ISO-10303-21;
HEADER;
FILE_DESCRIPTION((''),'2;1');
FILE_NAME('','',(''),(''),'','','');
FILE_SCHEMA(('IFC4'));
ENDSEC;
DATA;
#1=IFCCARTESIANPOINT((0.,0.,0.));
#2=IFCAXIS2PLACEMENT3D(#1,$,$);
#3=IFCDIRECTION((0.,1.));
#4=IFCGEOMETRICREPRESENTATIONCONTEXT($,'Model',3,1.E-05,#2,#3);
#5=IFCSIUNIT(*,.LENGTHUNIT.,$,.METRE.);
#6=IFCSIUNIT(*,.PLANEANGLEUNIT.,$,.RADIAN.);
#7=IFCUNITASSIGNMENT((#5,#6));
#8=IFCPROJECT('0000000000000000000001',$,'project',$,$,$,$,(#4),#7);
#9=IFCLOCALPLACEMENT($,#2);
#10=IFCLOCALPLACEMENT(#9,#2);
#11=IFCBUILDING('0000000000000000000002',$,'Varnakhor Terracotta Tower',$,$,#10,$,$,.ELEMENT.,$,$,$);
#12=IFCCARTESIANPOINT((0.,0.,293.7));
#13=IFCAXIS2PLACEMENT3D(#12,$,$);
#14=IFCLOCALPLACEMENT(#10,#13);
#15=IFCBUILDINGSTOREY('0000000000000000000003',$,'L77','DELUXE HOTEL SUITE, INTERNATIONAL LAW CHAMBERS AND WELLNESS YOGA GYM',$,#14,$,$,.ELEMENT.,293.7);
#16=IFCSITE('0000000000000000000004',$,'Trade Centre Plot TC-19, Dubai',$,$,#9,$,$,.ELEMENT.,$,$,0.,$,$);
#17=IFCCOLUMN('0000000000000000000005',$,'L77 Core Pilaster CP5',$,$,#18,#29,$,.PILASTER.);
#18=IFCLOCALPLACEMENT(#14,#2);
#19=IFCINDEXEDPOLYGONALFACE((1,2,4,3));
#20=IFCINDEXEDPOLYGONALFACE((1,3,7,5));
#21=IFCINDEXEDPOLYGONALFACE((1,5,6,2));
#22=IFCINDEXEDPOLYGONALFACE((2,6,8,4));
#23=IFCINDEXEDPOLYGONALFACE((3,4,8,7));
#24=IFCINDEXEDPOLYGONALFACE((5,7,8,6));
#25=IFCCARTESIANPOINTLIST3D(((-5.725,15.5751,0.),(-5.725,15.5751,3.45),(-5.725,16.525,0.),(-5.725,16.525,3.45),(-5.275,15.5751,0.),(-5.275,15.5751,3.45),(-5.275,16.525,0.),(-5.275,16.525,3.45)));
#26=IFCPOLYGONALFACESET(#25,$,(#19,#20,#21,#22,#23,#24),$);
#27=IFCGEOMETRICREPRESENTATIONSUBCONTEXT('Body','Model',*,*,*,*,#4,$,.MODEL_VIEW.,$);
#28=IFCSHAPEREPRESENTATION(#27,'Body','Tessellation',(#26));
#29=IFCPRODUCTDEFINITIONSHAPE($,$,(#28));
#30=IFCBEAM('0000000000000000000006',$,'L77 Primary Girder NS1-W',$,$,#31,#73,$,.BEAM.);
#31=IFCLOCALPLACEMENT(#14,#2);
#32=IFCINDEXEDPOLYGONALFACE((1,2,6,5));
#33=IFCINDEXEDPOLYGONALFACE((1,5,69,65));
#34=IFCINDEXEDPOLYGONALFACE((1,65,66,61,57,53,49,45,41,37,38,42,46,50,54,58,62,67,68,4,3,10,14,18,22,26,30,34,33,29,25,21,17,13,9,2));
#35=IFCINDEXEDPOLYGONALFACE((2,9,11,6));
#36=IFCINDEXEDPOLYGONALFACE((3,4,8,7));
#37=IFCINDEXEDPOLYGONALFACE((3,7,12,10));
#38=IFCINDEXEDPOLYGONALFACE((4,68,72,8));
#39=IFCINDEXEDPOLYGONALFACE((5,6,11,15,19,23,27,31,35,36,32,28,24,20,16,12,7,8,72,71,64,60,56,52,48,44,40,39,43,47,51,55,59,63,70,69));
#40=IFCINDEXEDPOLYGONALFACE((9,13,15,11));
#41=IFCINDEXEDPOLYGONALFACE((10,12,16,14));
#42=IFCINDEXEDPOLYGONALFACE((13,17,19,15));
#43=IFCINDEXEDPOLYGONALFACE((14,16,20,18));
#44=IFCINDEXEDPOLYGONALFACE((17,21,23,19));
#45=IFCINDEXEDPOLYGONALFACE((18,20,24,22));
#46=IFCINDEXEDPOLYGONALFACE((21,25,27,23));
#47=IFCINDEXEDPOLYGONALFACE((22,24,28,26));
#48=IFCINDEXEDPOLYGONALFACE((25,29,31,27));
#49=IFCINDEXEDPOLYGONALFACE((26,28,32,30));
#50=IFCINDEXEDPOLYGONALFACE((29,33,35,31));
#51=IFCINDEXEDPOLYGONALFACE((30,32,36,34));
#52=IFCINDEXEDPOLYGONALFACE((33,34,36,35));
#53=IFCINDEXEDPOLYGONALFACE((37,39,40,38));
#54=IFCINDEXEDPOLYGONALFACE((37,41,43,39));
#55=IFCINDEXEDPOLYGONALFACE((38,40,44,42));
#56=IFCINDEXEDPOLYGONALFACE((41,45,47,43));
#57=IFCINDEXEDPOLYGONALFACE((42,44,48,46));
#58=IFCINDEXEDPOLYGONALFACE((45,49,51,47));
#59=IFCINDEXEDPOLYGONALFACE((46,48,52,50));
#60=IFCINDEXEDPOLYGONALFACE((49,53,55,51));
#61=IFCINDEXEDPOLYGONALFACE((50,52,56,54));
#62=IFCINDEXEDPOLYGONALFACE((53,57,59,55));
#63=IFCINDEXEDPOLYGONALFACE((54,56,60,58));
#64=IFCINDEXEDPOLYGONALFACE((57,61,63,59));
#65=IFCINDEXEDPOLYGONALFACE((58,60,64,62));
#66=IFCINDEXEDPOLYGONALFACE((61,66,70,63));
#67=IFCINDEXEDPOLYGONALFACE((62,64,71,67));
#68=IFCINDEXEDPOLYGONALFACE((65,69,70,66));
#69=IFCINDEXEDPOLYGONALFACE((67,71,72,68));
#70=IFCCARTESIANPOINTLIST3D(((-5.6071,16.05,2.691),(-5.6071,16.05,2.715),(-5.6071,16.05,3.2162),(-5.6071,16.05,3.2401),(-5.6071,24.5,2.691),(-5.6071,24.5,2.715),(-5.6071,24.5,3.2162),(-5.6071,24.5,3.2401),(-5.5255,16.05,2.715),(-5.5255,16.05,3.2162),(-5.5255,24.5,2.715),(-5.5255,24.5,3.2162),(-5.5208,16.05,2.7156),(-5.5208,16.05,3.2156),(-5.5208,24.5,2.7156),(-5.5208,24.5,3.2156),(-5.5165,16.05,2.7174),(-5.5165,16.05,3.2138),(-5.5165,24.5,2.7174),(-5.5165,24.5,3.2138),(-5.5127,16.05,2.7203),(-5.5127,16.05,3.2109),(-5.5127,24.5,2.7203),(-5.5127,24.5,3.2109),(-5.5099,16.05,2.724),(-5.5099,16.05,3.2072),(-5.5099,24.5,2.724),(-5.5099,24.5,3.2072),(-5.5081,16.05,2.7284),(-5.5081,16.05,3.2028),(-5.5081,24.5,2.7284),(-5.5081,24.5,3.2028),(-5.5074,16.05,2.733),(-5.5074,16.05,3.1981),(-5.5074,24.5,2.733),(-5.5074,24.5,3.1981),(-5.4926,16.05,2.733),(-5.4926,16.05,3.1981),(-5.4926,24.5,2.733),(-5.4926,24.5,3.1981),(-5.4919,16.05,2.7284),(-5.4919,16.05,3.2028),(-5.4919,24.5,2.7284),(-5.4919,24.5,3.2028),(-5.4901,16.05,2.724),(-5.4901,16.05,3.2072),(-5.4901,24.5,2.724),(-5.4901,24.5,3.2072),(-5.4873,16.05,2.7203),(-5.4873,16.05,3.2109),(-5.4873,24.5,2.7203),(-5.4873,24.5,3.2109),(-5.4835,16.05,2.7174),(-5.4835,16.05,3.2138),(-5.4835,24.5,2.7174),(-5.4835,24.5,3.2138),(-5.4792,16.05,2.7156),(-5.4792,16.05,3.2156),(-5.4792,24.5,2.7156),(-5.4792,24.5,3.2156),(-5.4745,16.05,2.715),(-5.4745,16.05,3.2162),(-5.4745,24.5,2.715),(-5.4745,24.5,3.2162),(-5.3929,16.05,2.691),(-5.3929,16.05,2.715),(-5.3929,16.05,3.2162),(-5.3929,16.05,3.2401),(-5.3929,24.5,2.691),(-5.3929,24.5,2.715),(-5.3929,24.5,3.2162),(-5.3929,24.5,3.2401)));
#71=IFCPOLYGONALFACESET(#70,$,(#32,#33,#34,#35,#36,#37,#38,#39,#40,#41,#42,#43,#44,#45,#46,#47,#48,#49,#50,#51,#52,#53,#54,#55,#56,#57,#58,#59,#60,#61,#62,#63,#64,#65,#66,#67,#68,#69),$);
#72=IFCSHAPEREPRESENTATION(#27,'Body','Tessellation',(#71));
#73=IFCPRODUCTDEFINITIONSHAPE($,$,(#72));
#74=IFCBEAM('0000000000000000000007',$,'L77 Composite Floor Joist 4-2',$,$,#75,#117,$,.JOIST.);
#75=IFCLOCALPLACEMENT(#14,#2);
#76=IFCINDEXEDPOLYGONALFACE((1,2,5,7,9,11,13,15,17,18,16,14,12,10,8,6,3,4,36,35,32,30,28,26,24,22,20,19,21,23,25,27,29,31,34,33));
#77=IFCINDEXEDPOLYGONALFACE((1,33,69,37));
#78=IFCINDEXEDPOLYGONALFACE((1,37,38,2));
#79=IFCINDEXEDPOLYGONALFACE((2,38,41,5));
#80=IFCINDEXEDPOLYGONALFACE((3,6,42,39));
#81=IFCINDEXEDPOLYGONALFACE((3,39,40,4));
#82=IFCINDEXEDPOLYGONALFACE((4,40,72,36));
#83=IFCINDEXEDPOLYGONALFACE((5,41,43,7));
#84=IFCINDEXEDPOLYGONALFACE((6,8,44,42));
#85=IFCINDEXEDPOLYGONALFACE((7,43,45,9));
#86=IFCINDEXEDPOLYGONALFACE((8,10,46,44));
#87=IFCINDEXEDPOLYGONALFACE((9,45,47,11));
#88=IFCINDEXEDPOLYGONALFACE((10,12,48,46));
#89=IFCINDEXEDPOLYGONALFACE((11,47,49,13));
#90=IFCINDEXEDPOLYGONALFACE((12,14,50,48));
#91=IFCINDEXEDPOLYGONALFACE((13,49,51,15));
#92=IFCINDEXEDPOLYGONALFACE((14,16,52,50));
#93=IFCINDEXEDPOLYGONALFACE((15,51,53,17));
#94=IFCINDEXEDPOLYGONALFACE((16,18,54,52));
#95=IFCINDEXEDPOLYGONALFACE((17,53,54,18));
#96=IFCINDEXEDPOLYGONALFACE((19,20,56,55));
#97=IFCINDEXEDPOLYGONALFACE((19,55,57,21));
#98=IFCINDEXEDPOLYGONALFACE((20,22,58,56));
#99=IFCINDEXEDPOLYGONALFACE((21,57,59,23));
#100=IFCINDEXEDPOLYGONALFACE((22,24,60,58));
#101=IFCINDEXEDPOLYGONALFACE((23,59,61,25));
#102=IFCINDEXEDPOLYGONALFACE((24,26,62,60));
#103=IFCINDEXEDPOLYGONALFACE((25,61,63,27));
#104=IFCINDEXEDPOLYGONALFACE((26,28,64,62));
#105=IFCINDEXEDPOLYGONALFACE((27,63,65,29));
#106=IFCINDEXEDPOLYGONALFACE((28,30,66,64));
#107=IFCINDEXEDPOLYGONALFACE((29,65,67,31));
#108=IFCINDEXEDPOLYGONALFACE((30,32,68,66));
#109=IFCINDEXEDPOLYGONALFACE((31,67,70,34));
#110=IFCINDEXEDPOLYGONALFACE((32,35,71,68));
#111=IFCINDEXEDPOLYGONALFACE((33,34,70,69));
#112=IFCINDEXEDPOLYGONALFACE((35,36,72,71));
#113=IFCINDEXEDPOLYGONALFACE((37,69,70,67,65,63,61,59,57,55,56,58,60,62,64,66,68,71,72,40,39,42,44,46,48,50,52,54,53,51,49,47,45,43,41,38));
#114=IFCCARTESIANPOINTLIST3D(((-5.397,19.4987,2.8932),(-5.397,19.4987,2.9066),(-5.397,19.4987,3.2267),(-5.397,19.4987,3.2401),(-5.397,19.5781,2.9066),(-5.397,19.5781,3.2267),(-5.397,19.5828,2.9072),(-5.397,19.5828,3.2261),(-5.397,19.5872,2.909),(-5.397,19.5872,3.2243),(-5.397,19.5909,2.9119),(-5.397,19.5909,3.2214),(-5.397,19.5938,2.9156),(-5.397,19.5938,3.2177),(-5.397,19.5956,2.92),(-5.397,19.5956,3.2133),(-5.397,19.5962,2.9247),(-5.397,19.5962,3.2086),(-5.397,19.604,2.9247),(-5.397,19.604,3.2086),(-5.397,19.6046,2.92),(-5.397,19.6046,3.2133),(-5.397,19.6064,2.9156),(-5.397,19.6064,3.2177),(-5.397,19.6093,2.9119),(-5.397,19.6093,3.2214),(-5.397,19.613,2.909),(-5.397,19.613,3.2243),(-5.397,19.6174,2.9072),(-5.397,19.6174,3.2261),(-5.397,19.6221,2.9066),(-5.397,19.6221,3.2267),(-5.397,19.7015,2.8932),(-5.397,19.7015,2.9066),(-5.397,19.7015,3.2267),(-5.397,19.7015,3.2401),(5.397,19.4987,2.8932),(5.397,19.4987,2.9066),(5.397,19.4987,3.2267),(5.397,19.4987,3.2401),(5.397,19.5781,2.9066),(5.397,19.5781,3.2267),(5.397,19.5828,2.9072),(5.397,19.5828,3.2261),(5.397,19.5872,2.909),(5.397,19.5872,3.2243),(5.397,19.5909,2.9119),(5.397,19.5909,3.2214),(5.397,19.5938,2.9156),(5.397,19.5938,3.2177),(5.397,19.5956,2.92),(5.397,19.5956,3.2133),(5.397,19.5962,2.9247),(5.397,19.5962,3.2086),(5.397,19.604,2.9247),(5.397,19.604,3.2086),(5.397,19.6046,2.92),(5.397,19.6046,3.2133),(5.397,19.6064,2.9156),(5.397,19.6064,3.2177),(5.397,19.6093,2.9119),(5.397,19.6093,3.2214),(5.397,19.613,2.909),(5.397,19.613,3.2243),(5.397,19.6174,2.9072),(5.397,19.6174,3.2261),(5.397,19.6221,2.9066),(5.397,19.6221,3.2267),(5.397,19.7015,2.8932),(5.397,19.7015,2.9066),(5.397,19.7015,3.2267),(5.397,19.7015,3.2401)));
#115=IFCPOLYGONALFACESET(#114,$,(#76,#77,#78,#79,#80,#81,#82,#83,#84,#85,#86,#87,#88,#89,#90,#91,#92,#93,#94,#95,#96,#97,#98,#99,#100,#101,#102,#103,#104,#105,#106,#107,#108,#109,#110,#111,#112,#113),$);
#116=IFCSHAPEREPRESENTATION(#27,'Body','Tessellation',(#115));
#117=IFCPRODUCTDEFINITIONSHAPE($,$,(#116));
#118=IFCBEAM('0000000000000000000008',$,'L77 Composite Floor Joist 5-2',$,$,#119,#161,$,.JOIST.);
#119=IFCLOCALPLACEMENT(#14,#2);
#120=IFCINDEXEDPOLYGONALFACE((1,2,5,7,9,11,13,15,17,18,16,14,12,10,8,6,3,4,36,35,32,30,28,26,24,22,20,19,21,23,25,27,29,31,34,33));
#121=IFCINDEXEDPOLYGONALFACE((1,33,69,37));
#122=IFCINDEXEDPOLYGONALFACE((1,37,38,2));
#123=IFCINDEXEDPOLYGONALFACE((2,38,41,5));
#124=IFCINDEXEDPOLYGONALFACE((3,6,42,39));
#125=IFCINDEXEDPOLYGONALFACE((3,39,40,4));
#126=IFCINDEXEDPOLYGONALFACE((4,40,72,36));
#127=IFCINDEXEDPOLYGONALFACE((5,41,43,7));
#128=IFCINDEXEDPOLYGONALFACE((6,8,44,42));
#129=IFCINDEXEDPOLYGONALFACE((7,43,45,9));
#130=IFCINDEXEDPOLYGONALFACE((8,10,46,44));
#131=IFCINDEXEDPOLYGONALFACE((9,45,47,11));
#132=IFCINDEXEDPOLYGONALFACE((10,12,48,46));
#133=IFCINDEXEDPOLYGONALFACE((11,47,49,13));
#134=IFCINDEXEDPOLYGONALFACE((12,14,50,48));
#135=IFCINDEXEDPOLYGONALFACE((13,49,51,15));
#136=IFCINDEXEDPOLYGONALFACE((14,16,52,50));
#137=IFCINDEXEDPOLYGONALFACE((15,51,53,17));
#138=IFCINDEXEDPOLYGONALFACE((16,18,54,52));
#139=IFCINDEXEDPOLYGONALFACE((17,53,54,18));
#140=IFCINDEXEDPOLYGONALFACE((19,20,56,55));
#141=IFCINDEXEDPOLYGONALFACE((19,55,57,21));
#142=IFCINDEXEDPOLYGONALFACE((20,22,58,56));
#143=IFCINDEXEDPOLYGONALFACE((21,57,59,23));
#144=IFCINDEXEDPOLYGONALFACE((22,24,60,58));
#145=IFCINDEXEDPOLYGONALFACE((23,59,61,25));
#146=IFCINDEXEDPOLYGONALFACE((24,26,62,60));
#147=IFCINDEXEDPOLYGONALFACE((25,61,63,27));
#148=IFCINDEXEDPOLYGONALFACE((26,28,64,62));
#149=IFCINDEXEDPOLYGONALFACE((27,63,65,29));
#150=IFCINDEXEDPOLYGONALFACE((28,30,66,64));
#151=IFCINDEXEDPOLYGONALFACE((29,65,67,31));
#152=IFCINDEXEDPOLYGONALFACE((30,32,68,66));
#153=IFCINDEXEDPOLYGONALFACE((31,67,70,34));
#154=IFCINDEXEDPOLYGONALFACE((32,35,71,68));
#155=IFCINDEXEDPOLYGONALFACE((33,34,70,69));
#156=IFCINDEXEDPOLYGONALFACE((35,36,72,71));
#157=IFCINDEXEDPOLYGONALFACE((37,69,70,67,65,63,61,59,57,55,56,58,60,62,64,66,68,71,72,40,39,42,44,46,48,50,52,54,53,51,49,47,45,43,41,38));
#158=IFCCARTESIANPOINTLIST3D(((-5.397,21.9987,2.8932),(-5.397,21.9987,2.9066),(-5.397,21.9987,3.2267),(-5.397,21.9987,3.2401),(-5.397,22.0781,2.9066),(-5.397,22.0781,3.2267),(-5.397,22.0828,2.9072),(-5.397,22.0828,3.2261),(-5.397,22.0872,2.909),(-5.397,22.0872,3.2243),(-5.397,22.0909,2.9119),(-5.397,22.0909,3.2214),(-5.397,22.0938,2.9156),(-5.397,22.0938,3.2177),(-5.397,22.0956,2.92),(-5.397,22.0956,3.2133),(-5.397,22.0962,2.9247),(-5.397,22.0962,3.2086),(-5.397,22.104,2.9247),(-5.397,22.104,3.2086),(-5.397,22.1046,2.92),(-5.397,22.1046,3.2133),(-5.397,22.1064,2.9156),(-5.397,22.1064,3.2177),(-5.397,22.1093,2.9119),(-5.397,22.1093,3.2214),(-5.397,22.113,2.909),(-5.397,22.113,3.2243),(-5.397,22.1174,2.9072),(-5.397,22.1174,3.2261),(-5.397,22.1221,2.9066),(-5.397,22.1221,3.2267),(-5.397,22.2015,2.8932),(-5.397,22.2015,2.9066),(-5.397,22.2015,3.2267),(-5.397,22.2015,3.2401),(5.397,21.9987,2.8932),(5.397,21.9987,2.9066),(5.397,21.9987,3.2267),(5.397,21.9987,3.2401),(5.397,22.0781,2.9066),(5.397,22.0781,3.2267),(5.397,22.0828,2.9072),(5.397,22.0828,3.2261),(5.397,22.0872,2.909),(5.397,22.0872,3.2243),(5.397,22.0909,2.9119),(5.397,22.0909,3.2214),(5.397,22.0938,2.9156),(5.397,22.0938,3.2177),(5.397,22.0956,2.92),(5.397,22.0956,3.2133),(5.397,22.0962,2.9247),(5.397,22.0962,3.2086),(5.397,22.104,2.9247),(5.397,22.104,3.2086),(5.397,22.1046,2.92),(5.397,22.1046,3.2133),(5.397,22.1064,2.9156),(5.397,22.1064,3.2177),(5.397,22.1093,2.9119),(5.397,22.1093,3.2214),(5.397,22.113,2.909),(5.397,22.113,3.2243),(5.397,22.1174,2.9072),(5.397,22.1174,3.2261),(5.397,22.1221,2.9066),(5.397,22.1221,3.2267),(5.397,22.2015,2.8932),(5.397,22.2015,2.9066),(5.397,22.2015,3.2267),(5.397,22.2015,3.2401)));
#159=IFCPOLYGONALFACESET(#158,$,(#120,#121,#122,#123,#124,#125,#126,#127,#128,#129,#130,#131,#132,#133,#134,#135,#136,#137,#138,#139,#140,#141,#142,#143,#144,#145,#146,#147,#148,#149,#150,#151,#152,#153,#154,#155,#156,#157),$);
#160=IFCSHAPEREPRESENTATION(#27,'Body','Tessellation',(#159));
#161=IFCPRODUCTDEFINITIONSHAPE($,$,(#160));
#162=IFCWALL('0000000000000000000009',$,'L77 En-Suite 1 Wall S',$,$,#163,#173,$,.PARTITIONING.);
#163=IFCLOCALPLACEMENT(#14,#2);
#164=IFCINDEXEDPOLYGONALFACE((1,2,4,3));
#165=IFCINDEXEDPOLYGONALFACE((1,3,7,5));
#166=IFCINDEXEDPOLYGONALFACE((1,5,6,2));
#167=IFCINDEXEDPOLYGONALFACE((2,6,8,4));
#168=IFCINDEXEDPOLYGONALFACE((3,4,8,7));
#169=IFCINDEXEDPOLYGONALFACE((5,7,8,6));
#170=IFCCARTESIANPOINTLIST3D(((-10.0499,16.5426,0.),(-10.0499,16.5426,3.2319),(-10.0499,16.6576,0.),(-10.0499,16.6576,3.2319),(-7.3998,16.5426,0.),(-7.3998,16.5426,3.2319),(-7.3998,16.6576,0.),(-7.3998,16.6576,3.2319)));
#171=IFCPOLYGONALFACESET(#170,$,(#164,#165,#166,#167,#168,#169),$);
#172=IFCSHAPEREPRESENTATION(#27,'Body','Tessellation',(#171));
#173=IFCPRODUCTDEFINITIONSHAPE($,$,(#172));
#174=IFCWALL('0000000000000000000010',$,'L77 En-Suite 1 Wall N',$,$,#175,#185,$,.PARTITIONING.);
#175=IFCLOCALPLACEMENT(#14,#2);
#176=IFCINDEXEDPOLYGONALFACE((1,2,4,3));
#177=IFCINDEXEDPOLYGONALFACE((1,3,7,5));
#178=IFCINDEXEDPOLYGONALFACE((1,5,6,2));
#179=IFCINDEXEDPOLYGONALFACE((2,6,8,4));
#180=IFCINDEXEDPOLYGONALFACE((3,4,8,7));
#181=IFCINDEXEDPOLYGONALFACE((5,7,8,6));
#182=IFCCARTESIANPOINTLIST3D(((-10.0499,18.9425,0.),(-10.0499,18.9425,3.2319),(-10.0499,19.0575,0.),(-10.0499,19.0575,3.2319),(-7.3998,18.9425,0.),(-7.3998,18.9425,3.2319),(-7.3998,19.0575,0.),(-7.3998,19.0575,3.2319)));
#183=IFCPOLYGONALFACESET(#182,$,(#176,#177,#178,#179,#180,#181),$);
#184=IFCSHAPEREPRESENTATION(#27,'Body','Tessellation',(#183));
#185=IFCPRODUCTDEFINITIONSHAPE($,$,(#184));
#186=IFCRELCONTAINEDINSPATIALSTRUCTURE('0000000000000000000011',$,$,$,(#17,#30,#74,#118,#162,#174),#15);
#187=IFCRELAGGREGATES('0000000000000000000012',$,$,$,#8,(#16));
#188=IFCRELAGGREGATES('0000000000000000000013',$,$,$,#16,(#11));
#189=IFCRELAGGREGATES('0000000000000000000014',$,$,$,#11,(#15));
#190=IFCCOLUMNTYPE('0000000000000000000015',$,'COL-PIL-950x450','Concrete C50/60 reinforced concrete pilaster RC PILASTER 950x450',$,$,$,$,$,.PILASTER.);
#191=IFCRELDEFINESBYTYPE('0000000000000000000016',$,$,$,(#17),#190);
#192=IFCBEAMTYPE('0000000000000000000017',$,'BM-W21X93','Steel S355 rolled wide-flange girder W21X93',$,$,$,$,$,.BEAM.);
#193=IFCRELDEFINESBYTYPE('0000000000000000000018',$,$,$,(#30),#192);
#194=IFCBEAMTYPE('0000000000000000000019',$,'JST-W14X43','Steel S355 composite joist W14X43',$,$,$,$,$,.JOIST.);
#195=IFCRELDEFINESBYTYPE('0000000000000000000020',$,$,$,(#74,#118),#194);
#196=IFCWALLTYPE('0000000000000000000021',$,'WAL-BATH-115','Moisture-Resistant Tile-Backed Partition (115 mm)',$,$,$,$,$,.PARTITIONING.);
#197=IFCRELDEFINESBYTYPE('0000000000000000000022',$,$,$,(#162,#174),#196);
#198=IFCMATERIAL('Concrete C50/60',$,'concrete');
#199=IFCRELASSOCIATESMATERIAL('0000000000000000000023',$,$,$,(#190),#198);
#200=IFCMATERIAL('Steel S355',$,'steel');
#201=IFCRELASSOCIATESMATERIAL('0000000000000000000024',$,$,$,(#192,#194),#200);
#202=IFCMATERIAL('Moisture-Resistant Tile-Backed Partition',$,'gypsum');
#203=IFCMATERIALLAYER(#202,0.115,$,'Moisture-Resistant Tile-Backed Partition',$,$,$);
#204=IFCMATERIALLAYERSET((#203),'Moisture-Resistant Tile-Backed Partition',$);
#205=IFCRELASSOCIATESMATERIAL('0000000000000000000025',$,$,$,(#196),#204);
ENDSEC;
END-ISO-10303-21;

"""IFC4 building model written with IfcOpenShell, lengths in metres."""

from ifc_helpers import new_model, si_unit, direction, frame, frame_2d, origin, origin_2d, place, context, subcontext, project, spatial, rectangle, i_section, extrude, source, transform, mapped, material, layer, layer_set, material_profile, profile_set, type_object, type_shapes, element, save


model = new_model("IFC4")

# Units and contexts
model_context = context("Model", 3, precision=1e-05, world=origin(), true_north=direction((0.0, 1.0)))
body_context = subcontext(model_context, "Body", "Model", "MODEL_VIEW")
ifc_project = project(units=[si_unit("LENGTHUNIT", "METRE"), si_unit("PLANEANGLEUNIT", "RADIAN")], contexts=[model_context])

# Site, building, storey
site_placement = place(None, origin())
site = spatial("IfcSite", under=ifc_project, at=site_placement, Name="Trade Centre Plot TC-19, Dubai", CompositionType="ELEMENT", RefElevation=0.0)
building_placement = place(site_placement, origin())
building = spatial("IfcBuilding", under=site, at=building_placement, Name="Varnakhor Terracotta Tower", CompositionType="ELEMENT")
storey_placement = place(building_placement, frame((0.0, 0.0, 293.7)))
storey = spatial("IfcBuildingStorey", under=building, at=storey_placement, Name="L77", Description="DELUXE HOTEL SUITE, INTERNATIONAL LAW CHAMBERS AND WELLNESS YOGA GYM", CompositionType="ELEMENT", Elevation=293.7)

# Column
ifc_material_1 = material(Name="Concrete C50/60", Category="concrete")
ifc_material_profile_1 = material_profile(ifc_material_1, rectangle(XDim=0.45, YDim=0.95, at=origin_2d()), Name="RC PILASTER 950x450")
ifc_profile_set_1 = profile_set([ifc_material_profile_1], Name="Concrete C50/60")
column_type = type_object("IfcColumnType", Name="COL-PIL-950x450", Description="Concrete C50/60 reinforced concrete pilaster RC PILASTER 950x450", PredefinedType="PILASTER", material=ifc_profile_set_1)
shared_shape_1 = source(origin(), body_context, "Body", "SweptSolid", [
    extrude(rectangle(XDim=0.45, YDim=0.95, at=origin_2d()), origin(), (0.0, 0.0, 1.0), 3.45),
])
column_placement = place(storey_placement, frame((-5.5, 16.05, 0.0), z_axis=(0.0, 0.0, 1.0), x_axis=(1.0, 0.0, 0.0)))
element("IfcColumn", 1, at=column_placement, inside=storey, type_object=column_type, Name="L77 Core Pilaster CP5", PredefinedType="PILASTER", context=body_context, shape_type="MappedRepresentation", body=[
    mapped(shared_shape_1, transform((0.0, 0.0, 0.0), scale=1.0)),
])

# Beams
ifc_material_2 = material(Name="Steel S355", Category="steel")
ifc_material_profile_2 = material_profile(ifc_material_2, i_section(OverallWidth=0.2141, OverallDepth=0.5491, WebThickness=0.0149, FlangeThickness=0.0239, FilletRadius=0.0181, at=origin_2d()), Name="W21X93")
ifc_profile_set_2 = profile_set([ifc_material_profile_2], Name="Steel S355")
beam_type_1 = type_object("IfcBeamType", Name="BM-W21X93", Description="Steel S355 rolled wide-flange girder W21X93", PredefinedType="BEAM", material=ifc_profile_set_2)
shared_shape_2 = source(origin(), body_context, "Body", "SweptSolid", [
    extrude(i_section(OverallWidth=0.2141, OverallDepth=0.5491, WebThickness=0.0149, FlangeThickness=0.0239, FilletRadius=0.0181, at=origin_2d()), origin(), (0.0, 0.0, 1.0), 8.45),
])
type_shapes(beam_type_1, [shared_shape_2])
beam_placement = place(storey_placement, frame((-5.5, 16.05, 2.9656), z_axis=(0.0, 1.0, 0.0), x_axis=(-1.0, 0.0, 0.0)))
element("IfcBeam", 2, at=beam_placement, inside=storey, type_object=beam_type_1, Name="L77 Primary Girder NS1-W", PredefinedType="BEAM", context=body_context, shape_type="MappedRepresentation", body=[
    mapped(shared_shape_2, transform((0.0, 0.0, 0.0), scale=1.0)),
])
ifc_material_profile_3 = material_profile(ifc_material_2, i_section(OverallWidth=0.2029, OverallDepth=0.3469, WebThickness=0.0078, FlangeThickness=0.0134, FilletRadius=0.0181, at=origin_2d()), Name="W14X43")
ifc_profile_set_3 = profile_set([ifc_material_profile_3], Name="Steel S355")
beam_type_2 = type_object("IfcBeamType", Name="JST-W14X43", Description="Steel S355 composite joist W14X43", PredefinedType="JOIST", material=ifc_profile_set_3)
shared_shape_3 = source(origin(), body_context, "Body", "SweptSolid", [
    extrude(i_section(OverallWidth=0.2029, OverallDepth=0.3469, WebThickness=0.0078, FlangeThickness=0.0134, FilletRadius=0.0181, at=origin_2d()), origin(), (0.0, 0.0, 1.0), 10.7939),
])
for number, where, z_axis, x_axis, name in (
    (3, (-5.397, 19.6001, 3.0667), (1.0, 0.0, 0.0), (0.0, 1.0, 0.0), "L77 Composite Floor Joist 4-2"),
    (4, (-5.397, 22.1001, 3.0667), (1.0, 0.0, 0.0), (0.0, 1.0, 0.0), "L77 Composite Floor Joist 5-2"),
):
    element("IfcBeam", number, at=place(storey_placement, frame(where, z_axis=z_axis, x_axis=x_axis)), inside=storey, type_object=beam_type_2, Name=name, PredefinedType="JOIST", context=body_context, shape_type="MappedRepresentation", body=[
        mapped(shared_shape_3, transform((0.0, 0.0, 0.0), scale=1.0)),
    ])

# Walls
ifc_material_3 = material(Name="Moisture-Resistant Tile-Backed Partition", Category="gypsum")
ifc_layer_1 = layer(ifc_material_3, 0.115, Name="Moisture-Resistant Tile-Backed Partition")
ifc_layer_set_1 = layer_set([ifc_layer_1], Name="Moisture-Resistant Tile-Backed Partition")
wall_type_1 = type_object("IfcWallType", Name="WAL-BATH-115", Description="Moisture-Resistant Tile-Backed Partition (115 mm)", PredefinedType="PARTITIONING", material=ifc_layer_set_1)
for number, where, z_axis, x_axis, name in (
    (5, (-10.05, 16.6001, 0.0), (0.0, 0.0, 1.0), (1.0, 0.0, 0.0), "L77 En-Suite 1 Wall S"),
    (6, (-10.05, 19.0, 0.0), (0.0, 0.0, 1.0), (1.0, 0.0, 0.0), "L77 En-Suite 1 Wall N"),
):
    element("IfcWall", number, at=place(storey_placement, frame(where, z_axis=z_axis, x_axis=x_axis)), inside=storey, type_object=wall_type_1, Name=name, PredefinedType="PARTITIONING", context=body_context, shape_type="SweptSolid", body=[
        extrude(rectangle(XDim=2.6501, YDim=0.115, at=frame_2d((1.3252, 0.0))), origin(), (0.0, 0.0, 1.0), 3.2319),
    ])

save(model, "model.ifc")
